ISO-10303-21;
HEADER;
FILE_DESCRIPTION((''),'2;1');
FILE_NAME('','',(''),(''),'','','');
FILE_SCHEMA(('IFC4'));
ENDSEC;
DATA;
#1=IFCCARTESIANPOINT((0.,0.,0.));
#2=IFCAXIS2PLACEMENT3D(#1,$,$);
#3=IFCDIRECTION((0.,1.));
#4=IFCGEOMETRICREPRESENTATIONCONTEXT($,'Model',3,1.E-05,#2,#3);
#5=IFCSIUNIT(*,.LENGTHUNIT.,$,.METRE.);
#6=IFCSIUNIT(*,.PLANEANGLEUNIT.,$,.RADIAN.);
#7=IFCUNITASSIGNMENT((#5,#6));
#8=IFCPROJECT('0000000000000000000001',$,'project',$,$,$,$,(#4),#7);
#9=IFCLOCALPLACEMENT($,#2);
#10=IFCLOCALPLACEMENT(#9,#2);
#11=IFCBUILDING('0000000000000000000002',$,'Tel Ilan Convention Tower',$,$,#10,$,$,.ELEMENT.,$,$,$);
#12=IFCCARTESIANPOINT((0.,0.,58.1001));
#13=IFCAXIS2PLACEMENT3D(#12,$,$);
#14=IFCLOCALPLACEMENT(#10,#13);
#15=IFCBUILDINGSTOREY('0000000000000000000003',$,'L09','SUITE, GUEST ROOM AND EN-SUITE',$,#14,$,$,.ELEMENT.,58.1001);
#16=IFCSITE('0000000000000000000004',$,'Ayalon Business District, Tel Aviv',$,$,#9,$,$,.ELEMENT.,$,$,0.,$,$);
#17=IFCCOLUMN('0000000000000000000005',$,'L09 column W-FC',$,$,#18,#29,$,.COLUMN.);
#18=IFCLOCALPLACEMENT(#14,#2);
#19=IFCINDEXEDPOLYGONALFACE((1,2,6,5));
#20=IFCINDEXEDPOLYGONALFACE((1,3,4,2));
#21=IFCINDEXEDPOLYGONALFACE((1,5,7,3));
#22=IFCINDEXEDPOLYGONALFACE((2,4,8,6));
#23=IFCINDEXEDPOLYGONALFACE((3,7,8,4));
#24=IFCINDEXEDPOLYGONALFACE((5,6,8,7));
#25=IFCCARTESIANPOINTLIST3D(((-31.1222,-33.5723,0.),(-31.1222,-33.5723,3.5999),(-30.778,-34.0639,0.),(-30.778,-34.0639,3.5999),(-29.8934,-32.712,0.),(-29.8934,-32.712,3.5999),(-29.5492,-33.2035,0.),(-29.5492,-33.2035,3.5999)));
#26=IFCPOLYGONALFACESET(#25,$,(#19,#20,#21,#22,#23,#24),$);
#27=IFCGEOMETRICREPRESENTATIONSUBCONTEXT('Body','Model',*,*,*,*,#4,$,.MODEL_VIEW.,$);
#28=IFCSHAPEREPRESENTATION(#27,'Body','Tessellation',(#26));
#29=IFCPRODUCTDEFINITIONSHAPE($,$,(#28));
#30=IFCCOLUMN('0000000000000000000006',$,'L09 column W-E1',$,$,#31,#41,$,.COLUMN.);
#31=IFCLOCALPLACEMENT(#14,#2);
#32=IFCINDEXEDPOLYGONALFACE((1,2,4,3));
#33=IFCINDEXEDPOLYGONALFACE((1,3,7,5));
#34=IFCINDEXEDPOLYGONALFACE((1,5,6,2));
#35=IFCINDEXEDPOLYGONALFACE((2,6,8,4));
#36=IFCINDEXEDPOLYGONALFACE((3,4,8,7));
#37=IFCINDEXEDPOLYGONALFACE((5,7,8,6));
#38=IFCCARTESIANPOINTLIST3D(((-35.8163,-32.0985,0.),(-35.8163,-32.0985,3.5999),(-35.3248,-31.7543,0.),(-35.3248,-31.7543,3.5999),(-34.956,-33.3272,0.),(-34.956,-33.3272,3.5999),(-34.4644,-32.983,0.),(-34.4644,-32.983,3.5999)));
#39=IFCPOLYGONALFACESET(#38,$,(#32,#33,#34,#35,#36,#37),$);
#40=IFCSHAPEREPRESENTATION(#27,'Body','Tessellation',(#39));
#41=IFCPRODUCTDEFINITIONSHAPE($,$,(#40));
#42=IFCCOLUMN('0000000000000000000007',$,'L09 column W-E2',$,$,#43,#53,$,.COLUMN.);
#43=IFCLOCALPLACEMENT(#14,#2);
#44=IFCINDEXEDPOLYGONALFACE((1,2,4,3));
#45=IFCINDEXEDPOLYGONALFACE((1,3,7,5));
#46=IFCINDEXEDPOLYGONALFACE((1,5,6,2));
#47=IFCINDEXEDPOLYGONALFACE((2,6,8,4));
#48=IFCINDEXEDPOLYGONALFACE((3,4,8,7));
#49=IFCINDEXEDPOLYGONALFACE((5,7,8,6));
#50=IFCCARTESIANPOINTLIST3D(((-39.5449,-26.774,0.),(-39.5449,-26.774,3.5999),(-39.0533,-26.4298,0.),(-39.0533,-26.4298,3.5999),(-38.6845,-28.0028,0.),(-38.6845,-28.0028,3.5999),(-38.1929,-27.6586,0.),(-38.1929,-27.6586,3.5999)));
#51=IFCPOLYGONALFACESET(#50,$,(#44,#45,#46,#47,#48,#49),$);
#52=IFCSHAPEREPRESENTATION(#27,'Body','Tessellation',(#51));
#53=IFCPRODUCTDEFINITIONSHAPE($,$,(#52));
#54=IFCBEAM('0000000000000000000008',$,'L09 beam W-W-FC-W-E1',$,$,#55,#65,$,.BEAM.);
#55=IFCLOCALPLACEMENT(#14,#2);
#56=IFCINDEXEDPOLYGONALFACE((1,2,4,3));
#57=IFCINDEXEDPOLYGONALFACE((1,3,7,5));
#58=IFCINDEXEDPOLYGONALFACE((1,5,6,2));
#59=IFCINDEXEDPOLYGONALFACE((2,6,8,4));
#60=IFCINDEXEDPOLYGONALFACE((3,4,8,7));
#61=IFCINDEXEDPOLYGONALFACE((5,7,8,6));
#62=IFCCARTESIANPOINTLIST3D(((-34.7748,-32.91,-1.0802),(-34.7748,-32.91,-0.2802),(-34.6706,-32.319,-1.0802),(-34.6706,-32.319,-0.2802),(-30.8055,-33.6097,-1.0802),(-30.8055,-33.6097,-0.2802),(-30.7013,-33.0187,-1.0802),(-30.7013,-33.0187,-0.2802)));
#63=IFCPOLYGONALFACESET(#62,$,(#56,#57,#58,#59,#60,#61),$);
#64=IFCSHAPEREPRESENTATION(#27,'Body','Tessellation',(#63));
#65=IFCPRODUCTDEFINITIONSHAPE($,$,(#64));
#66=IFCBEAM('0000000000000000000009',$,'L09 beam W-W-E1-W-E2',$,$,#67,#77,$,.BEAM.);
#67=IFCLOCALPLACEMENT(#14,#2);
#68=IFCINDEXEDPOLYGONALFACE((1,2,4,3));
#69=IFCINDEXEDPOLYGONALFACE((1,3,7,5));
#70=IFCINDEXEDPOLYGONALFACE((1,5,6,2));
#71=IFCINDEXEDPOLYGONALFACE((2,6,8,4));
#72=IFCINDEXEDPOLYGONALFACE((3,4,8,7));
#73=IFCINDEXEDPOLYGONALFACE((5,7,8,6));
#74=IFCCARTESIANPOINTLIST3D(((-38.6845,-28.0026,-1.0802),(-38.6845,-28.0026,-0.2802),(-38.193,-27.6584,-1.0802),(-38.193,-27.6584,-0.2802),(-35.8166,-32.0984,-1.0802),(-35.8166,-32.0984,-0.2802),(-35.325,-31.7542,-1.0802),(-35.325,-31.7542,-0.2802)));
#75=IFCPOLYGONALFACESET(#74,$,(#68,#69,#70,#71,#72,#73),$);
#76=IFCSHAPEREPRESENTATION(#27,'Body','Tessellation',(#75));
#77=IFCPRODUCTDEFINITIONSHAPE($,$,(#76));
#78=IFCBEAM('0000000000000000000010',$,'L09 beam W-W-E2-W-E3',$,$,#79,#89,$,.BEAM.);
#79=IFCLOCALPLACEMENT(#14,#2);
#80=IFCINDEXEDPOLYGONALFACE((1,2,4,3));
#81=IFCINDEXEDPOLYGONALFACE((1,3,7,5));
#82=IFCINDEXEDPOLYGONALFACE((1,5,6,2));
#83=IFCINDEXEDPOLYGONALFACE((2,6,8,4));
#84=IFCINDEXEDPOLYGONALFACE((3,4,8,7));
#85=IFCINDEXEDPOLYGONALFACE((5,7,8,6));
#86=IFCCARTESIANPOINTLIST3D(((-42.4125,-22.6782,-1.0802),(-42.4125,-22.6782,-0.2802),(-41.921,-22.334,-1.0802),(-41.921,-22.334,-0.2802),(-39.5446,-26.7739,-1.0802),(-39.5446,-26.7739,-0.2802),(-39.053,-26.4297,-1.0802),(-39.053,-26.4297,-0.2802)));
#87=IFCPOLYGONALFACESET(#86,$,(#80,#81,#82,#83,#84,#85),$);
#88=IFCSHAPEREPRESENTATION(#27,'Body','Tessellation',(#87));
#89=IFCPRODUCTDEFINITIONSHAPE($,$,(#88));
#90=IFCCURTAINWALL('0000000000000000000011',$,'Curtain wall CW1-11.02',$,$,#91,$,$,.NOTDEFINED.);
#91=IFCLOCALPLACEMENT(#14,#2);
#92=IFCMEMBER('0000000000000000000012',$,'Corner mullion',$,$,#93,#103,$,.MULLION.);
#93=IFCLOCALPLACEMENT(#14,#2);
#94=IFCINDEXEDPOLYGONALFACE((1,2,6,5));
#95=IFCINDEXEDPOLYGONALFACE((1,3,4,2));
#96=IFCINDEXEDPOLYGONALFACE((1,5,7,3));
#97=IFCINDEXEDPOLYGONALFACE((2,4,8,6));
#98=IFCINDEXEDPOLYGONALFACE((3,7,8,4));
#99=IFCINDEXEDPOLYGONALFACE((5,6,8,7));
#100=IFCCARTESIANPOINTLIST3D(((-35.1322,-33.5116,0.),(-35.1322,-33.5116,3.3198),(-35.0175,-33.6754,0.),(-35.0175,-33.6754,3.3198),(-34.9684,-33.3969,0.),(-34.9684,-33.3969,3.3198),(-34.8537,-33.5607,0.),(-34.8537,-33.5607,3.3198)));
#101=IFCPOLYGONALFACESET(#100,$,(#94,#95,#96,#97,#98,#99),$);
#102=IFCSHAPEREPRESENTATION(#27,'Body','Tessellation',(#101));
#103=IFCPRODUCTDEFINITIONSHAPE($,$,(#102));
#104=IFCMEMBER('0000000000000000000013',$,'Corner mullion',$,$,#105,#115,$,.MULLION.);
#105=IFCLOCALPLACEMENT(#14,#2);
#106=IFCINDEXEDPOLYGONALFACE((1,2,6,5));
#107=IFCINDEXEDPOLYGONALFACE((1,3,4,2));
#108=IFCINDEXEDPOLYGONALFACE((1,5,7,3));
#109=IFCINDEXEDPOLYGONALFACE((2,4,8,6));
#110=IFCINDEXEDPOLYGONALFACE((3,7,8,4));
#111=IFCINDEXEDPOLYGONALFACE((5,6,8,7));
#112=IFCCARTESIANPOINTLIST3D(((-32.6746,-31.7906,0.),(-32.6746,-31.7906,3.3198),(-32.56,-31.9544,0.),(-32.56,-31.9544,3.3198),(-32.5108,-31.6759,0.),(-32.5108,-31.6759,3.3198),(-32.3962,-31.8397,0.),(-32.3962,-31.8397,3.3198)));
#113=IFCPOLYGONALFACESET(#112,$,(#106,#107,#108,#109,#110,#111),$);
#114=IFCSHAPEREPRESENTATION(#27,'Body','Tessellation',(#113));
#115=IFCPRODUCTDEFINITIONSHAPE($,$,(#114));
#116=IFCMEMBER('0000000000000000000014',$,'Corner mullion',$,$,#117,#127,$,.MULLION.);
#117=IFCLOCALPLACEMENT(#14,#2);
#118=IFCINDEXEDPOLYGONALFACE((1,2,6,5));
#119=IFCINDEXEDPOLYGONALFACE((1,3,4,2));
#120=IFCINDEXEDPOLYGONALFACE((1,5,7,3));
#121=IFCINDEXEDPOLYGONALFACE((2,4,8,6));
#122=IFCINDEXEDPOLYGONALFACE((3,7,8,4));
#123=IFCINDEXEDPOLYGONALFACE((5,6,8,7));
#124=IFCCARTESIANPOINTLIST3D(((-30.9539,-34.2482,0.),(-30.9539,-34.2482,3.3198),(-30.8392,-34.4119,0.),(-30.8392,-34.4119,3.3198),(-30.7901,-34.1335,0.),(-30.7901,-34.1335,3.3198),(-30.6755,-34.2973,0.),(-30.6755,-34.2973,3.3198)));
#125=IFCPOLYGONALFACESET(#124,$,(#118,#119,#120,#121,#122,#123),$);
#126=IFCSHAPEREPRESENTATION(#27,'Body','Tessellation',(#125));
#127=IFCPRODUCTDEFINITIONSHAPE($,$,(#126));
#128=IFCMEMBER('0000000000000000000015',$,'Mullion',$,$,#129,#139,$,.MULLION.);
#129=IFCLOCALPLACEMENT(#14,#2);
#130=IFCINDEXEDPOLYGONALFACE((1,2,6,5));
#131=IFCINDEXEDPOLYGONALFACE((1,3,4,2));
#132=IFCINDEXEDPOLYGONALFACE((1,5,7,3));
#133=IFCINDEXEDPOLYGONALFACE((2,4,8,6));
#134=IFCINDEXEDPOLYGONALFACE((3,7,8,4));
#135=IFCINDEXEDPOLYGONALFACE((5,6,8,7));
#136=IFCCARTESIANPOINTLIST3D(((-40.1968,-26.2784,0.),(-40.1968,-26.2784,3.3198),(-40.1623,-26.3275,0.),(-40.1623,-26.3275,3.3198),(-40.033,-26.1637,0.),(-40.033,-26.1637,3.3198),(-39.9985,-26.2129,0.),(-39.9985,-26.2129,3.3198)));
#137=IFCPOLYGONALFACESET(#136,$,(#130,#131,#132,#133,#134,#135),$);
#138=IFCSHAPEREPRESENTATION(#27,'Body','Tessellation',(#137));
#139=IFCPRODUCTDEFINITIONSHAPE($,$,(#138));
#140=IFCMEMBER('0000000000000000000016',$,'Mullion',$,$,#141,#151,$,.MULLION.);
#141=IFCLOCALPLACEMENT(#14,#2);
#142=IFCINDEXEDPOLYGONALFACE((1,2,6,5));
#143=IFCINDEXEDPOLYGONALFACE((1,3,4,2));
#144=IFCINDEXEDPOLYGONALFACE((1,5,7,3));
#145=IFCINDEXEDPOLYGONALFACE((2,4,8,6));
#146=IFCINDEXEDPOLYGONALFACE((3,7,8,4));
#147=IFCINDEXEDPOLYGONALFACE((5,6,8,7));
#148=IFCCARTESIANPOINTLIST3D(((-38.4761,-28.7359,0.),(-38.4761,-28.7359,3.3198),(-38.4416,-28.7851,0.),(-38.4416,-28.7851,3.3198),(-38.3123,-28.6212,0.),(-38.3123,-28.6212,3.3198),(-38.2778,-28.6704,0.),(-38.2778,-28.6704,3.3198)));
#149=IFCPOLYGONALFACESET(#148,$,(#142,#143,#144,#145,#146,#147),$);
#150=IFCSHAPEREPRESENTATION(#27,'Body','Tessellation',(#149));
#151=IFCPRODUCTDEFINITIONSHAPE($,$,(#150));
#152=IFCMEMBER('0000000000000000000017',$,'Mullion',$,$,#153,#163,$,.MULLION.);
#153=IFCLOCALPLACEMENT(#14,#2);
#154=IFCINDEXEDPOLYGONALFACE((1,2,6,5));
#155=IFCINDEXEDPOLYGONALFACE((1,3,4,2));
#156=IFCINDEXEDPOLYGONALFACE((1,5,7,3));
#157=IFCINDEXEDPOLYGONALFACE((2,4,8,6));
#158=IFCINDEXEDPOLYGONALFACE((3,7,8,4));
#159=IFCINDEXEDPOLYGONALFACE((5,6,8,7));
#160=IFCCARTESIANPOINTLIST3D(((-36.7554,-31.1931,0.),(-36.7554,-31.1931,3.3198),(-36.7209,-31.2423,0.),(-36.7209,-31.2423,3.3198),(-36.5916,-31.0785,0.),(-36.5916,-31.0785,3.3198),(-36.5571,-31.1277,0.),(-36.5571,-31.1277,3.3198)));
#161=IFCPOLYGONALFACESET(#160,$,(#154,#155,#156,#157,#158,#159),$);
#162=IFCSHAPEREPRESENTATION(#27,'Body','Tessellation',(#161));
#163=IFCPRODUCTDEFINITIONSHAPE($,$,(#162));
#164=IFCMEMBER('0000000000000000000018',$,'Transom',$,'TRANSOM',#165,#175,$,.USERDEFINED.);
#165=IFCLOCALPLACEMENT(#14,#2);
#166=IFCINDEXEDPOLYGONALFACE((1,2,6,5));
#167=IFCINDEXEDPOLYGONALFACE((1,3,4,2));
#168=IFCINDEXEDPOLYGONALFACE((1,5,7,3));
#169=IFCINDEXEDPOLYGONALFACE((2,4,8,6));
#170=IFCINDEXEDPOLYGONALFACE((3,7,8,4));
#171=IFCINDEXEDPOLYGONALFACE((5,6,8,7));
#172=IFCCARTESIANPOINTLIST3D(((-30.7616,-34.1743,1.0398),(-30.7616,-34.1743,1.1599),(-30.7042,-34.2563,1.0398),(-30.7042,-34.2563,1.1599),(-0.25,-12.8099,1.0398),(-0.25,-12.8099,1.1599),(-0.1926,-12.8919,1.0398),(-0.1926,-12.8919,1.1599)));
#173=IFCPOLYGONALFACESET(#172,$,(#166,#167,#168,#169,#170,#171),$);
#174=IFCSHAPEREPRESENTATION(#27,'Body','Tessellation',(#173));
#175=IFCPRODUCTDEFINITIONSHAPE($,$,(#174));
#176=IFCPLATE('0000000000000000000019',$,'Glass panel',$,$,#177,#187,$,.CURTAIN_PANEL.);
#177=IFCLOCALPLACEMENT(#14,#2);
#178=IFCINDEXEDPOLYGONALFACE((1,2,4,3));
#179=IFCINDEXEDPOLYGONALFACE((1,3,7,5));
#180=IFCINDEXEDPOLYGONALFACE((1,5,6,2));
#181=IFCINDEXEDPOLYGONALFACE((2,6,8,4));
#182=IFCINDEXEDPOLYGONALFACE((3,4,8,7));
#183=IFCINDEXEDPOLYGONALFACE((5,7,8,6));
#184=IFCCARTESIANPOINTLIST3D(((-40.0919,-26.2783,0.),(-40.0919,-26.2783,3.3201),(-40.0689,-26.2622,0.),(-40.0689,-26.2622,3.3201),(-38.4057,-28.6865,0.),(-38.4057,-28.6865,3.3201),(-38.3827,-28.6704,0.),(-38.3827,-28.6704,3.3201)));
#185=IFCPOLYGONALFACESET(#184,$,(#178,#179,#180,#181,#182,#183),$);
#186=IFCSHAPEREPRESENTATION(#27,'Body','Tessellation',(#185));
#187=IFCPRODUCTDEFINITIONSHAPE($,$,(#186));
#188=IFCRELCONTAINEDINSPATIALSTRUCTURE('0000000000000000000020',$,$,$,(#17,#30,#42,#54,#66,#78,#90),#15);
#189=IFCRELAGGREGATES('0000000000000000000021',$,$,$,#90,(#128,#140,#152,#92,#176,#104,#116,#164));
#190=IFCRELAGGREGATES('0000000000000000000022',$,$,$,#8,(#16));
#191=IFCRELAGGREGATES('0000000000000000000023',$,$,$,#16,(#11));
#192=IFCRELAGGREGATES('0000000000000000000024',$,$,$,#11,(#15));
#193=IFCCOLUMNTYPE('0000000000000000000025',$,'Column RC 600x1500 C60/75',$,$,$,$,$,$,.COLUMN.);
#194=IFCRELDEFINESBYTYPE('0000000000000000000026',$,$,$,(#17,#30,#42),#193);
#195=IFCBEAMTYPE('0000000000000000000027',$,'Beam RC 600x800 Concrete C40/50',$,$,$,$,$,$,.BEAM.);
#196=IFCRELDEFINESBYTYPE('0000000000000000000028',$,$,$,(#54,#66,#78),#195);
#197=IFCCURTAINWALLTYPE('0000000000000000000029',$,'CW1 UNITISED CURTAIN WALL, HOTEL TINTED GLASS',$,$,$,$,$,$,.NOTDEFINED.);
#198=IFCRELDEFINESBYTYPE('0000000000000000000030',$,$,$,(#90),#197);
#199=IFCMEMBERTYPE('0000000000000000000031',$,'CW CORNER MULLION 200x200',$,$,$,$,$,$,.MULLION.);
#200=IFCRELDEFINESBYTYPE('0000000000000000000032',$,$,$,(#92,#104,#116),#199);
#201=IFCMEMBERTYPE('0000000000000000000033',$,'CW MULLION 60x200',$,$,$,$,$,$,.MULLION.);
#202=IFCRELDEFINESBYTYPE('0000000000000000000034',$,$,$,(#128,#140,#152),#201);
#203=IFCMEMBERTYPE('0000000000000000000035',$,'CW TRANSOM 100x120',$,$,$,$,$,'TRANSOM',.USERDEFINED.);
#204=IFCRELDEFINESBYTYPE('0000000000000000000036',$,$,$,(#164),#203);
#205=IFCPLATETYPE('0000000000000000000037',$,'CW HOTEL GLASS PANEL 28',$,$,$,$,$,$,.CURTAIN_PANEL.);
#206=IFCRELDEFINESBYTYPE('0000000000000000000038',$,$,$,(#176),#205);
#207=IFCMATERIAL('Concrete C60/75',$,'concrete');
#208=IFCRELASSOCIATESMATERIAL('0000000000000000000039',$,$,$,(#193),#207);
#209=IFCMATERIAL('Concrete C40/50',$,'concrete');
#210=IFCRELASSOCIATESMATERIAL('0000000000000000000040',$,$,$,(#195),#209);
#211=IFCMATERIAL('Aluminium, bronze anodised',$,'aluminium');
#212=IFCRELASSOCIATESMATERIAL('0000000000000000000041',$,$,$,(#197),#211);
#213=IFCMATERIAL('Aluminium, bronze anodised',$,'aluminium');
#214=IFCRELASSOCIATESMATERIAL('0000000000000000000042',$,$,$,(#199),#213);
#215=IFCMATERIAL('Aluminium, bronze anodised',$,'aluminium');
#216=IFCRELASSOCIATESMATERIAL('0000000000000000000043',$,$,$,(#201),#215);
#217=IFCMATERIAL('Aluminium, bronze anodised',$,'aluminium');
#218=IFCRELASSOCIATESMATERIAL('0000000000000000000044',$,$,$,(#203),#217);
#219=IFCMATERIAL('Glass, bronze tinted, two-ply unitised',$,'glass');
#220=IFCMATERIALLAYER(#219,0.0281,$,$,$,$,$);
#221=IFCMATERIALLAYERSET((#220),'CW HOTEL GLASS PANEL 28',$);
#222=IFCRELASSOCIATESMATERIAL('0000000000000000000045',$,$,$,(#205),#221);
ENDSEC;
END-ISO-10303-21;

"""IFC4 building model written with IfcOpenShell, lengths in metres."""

from ifc_helpers import new_model, si_unit, direction, frame, origin, origin_2d, place, context, subcontext, project, spatial, rectangle, extrude, material, layer, layer_set, material_profile, profile_set, type_object, element, aggregate, save


model = new_model("IFC4")

# Units and contexts
model_context = context("Model", 3, precision=1e-05, world=origin(), true_north=direction((0.0, 1.0)))
body_context = subcontext(model_context, "Body", "Model", "MODEL_VIEW")
ifc_project = project(units=[si_unit("LENGTHUNIT", "METRE"), si_unit("PLANEANGLEUNIT", "RADIAN")], contexts=[model_context])

# Site, building, storey
site_placement = place(None, origin())
site = spatial("IfcSite", under=ifc_project, at=site_placement, Name="Ayalon Business District, Tel Aviv", CompositionType="ELEMENT", RefElevation=0.0)
building_placement = place(site_placement, origin())
building = spatial("IfcBuilding", under=site, at=building_placement, Name="Tel Ilan Convention Tower", CompositionType="ELEMENT")
storey_placement = place(building_placement, frame((0.0, 0.0, 58.1001)))
storey = spatial("IfcBuildingStorey", under=building, at=storey_placement, Name="L09", Description="SUITE, GUEST ROOM AND EN-SUITE", CompositionType="ELEMENT", Elevation=58.1001)

# Columns
ifc_material_1 = material(Name="Concrete C60/75", Category="concrete")
ifc_material_profile_1 = material_profile(ifc_material_1, rectangle(XDim=1.5, YDim=0.6001, at=origin_2d()), Name="RC 600x1500")
ifc_profile_set_1 = profile_set([ifc_material_profile_1], Name="Concrete C60/75")
column_type = type_object("IfcColumnType", Name="Column RC 600x1500 C60/75", PredefinedType="COLUMN", material=ifc_profile_set_1)
for number, where, z_axis, x_axis, name in (
    (1, (-30.3357, -33.3879, 0.0), (0.0, 0.0, 1.0), (-0.819152, -0.573576, 0.0), "L09 column W-FC"),
    (2, (-35.1404, -32.5408, 0.0), (0.0, 0.0, 1.0), (-0.573576, 0.819152, 0.0), "L09 column W-E1"),
    (3, (-38.8689, -27.2163, 0.0), (0.0, 0.0, 1.0), (-0.573576, 0.819152, 0.0), "L09 column W-E2"),
):
    element("IfcColumn", number, at=place(storey_placement, frame(where, z_axis=z_axis, x_axis=x_axis)), inside=storey, type_object=column_type, Name=name, PredefinedType="COLUMN", context=body_context, shape_type="SweptSolid", body=[
        extrude(rectangle(XDim=1.5, YDim=0.6001, at=origin_2d()), origin(), (0.0, 0.0, 1.0), 3.5999),
    ])

# Beams
ifc_material_2 = material(Name="Concrete C40/50", Category="concrete")
ifc_material_profile_2 = material_profile(ifc_material_2, rectangle(XDim=0.6001, YDim=0.8, at=origin_2d()), Name="RC 600x800")
ifc_profile_set_2 = profile_set([ifc_material_profile_2], Name="Concrete C40/50")
beam_type = type_object("IfcBeamType", Name="Beam RC 600x800 Concrete C40/50", PredefinedType="BEAM", material=ifc_profile_set_2)
beam_placement = place(storey_placement, frame((-30.7534, -33.3142, -0.6802), z_axis=(-0.984815, 0.173606, 0.0), x_axis=(-0.173606, -0.984815, 0.0)))
element("IfcBeam", 4, at=beam_placement, inside=storey, type_object=beam_type, Name="L09 beam W-W-FC-W-E1", PredefinedType="BEAM", context=body_context, shape_type="SweptSolid", body=[
    extrude(rectangle(XDim=0.6001, YDim=0.8, at=origin_2d()), origin(), (0.0, 0.0, 1.0), 4.0305),
])
for number, where, z_axis, x_axis, name in (
    (5, (-35.5708, -31.9263, -0.6802), (-0.573587, 0.819145, 0.0), (-0.819145, -0.573587, 0.0), "L09 beam W-W-E1-W-E2"),
    (6, (-39.2988, -26.6018, -0.6802), (-0.573587, 0.819145, 0.0), (-0.819145, -0.573587, 0.0), "L09 beam W-W-E2-W-E3"),
):
    element("IfcBeam", number, at=place(storey_placement, frame(where, z_axis=z_axis, x_axis=x_axis)), inside=storey, type_object=beam_type, Name=name, PredefinedType="BEAM", context=body_context, shape_type="SweptSolid", body=[
        extrude(rectangle(XDim=0.6001, YDim=0.8, at=origin_2d()), origin(), (0.0, 0.0, 1.0), 5.0),
    ])

# Curtain wall, members, plate
ifc_material_3 = material(Name="Aluminium, bronze anodised", Category="aluminium")
curtain_wall_type = type_object("IfcCurtainWallType", Name="CW1 UNITISED CURTAIN WALL, HOTEL TINTED GLASS", PredefinedType="NOTDEFINED", material=ifc_material_3)
curtain_wall_placement = place(storey_placement, origin())
curtain_wall = element("IfcCurtainWall", 7, at=curtain_wall_placement, inside=storey, type_object=curtain_wall_type, Name="Curtain wall CW1-11.02", PredefinedType="NOTDEFINED")
ifc_material_4 = material(Name="Aluminium, bronze anodised", Category="aluminium")
ifc_material_profile_3 = material_profile(ifc_material_4, rectangle(XDim=0.2, YDim=0.2, at=origin_2d()), Name="CW CORNER MULLION 200x200")
ifc_profile_set_3 = profile_set([ifc_material_profile_3], Name="Aluminium, bronze anodised")
member_type_1 = type_object("IfcMemberType", Name="CW CORNER MULLION 200x200", PredefinedType="MULLION", material=ifc_profile_set_3)
member_1_placement = place(storey_placement, frame((-34.9929, -33.5361, 0.0), z_axis=(0.0, 0.0, 1.0), x_axis=(0.573576, -0.819152, 0.0)))
member_1 = element("IfcMember", 8, at=member_1_placement, type_object=member_type_1, Name="Corner mullion", PredefinedType="MULLION", context=body_context, shape_type="SweptSolid", body=[
    extrude(rectangle(XDim=0.2, YDim=0.2, at=origin_2d()), origin(), (0.0, 0.0, 1.0), 3.3198),
])
member_2_placement = place(storey_placement, frame((-32.5354, -31.8152, 0.0), z_axis=(0.0, 0.0, 1.0), x_axis=(0.819152, 0.573576, 0.0)))
member_2 = element("IfcMember", 9, at=member_2_placement, type_object=member_type_1, Name="Corner mullion", PredefinedType="MULLION", context=body_context, shape_type="SweptSolid", body=[
    extrude(rectangle(XDim=0.2, YDim=0.2, at=origin_2d()), origin(), (0.0, 0.0, 1.0), 3.3198),
])
member_3_placement = place(storey_placement, frame((-30.8147, -34.2727, 0.0), z_axis=(0.0, 0.0, 1.0), x_axis=(0.573576, -0.819152, 0.0)))
member_3 = element("IfcMember", 10, at=member_3_placement, type_object=member_type_1, Name="Corner mullion", PredefinedType="MULLION", context=body_context, shape_type="SweptSolid", body=[
    extrude(rectangle(XDim=0.2, YDim=0.2, at=origin_2d()), origin(), (0.0, 0.0, 1.0), 3.3198),
])
ifc_material_5 = material(Name="Aluminium, bronze anodised", Category="aluminium")
ifc_material_profile_4 = material_profile(ifc_material_5, rectangle(XDim=0.0601, YDim=0.2, at=origin_2d()), Name="CW MULLION 60x200")
ifc_profile_set_4 = profile_set([ifc_material_profile_4], Name="Aluminium, bronze anodised")
member_type_2 = type_object("IfcMemberType", Name="CW MULLION 60x200", PredefinedType="MULLION", material=ifc_profile_set_4)
member_4_placement = place(storey_placement, frame((-40.0977, -26.2456, 0.0), z_axis=(0.0, 0.0, 1.0), x_axis=(0.573576, -0.819152, 0.0)))
member_4 = element("IfcMember", 11, at=member_4_placement, type_object=member_type_2, Name="Mullion", PredefinedType="MULLION", context=body_context, shape_type="SweptSolid", body=[
    extrude(rectangle(XDim=0.0601, YDim=0.2, at=origin_2d()), origin(), (0.0, 0.0, 1.0), 3.3198),
])
member_5_placement = place(storey_placement, frame((-38.377, -28.7031, 0.0), z_axis=(0.0, 0.0, 1.0), x_axis=(0.573576, -0.819152, 0.0)))
member_5 = element("IfcMember", 12, at=member_5_placement, type_object=member_type_2, Name="Mullion", PredefinedType="MULLION", context=body_context, shape_type="SweptSolid", body=[
    extrude(rectangle(XDim=0.0601, YDim=0.2, at=origin_2d()), origin(), (0.0, 0.0, 1.0), 3.3198),
])
member_6_placement = place(storey_placement, frame((-36.6562, -31.1604, 0.0), z_axis=(0.0, 0.0, 1.0), x_axis=(0.573576, -0.819152, 0.0)))
member_6 = element("IfcMember", 13, at=member_6_placement, type_object=member_type_2, Name="Mullion", PredefinedType="MULLION", context=body_context, shape_type="SweptSolid", body=[
    extrude(rectangle(XDim=0.0601, YDim=0.2, at=origin_2d()), origin(), (0.0, 0.0, 1.0), 3.3198),
])
ifc_material_6 = material(Name="Aluminium, bronze anodised", Category="aluminium")
ifc_material_profile_5 = material_profile(ifc_material_6, rectangle(XDim=0.1001, YDim=0.1201, at=origin_2d()), Name="CW TRANSOM 100x120")
ifc_profile_set_5 = profile_set([ifc_material_profile_5], Name="Aluminium, bronze anodised")
member_type_3 = type_object("IfcMemberType", Name="CW TRANSOM 100x120", ElementType="TRANSOM", PredefinedType="USERDEFINED", material=ifc_profile_set_5)
member_7_placement = place(storey_placement, frame((-30.7329, -34.2153, 1.0999), z_axis=(0.819152, 0.573576, 0.0), x_axis=(-0.573576, 0.819152, 0.0)))
member_7 = element("IfcMember", 14, at=member_7_placement, type_object=member_type_3, Name="Transom", ObjectType="TRANSOM", PredefinedType="USERDEFINED", context=body_context, shape_type="SweptSolid", body=[
    extrude(rectangle(XDim=0.1001, YDim=0.1201, at=origin_2d()), origin(), (0.0, 0.0, 1.0), 37.2478),
])
ifc_material_7 = material(Name="Glass, bronze tinted, two-ply unitised", Category="glass")
ifc_layer_1 = layer(ifc_material_7, 0.0281)
ifc_layer_set_1 = layer_set([ifc_layer_1], Name="CW HOTEL GLASS PANEL 28")
plate_type = type_object("IfcPlateType", Name="CW HOTEL GLASS PANEL 28", PredefinedType="CURTAIN_PANEL", material=ifc_layer_set_1)
plate_1_placement = place(storey_placement, frame((-39.2373, -27.4744, 0.0), z_axis=(0.0, 0.0, 1.0), x_axis=(0.573576, -0.819152, 0.0)))
plate_1 = element("IfcPlate", 15, at=plate_1_placement, type_object=plate_type, Name="Glass panel", PredefinedType="CURTAIN_PANEL", context=body_context, shape_type="SweptSolid", body=[
    extrude(rectangle(XDim=2.9399, YDim=0.0281, at=origin_2d()), origin(), (0.0, 0.0, 1.0), 3.3201),
])
aggregate(curtain_wall, [member_4, member_5, member_6, member_1, plate_1, member_2, member_3, member_7])

save(model, "model.ifc")
